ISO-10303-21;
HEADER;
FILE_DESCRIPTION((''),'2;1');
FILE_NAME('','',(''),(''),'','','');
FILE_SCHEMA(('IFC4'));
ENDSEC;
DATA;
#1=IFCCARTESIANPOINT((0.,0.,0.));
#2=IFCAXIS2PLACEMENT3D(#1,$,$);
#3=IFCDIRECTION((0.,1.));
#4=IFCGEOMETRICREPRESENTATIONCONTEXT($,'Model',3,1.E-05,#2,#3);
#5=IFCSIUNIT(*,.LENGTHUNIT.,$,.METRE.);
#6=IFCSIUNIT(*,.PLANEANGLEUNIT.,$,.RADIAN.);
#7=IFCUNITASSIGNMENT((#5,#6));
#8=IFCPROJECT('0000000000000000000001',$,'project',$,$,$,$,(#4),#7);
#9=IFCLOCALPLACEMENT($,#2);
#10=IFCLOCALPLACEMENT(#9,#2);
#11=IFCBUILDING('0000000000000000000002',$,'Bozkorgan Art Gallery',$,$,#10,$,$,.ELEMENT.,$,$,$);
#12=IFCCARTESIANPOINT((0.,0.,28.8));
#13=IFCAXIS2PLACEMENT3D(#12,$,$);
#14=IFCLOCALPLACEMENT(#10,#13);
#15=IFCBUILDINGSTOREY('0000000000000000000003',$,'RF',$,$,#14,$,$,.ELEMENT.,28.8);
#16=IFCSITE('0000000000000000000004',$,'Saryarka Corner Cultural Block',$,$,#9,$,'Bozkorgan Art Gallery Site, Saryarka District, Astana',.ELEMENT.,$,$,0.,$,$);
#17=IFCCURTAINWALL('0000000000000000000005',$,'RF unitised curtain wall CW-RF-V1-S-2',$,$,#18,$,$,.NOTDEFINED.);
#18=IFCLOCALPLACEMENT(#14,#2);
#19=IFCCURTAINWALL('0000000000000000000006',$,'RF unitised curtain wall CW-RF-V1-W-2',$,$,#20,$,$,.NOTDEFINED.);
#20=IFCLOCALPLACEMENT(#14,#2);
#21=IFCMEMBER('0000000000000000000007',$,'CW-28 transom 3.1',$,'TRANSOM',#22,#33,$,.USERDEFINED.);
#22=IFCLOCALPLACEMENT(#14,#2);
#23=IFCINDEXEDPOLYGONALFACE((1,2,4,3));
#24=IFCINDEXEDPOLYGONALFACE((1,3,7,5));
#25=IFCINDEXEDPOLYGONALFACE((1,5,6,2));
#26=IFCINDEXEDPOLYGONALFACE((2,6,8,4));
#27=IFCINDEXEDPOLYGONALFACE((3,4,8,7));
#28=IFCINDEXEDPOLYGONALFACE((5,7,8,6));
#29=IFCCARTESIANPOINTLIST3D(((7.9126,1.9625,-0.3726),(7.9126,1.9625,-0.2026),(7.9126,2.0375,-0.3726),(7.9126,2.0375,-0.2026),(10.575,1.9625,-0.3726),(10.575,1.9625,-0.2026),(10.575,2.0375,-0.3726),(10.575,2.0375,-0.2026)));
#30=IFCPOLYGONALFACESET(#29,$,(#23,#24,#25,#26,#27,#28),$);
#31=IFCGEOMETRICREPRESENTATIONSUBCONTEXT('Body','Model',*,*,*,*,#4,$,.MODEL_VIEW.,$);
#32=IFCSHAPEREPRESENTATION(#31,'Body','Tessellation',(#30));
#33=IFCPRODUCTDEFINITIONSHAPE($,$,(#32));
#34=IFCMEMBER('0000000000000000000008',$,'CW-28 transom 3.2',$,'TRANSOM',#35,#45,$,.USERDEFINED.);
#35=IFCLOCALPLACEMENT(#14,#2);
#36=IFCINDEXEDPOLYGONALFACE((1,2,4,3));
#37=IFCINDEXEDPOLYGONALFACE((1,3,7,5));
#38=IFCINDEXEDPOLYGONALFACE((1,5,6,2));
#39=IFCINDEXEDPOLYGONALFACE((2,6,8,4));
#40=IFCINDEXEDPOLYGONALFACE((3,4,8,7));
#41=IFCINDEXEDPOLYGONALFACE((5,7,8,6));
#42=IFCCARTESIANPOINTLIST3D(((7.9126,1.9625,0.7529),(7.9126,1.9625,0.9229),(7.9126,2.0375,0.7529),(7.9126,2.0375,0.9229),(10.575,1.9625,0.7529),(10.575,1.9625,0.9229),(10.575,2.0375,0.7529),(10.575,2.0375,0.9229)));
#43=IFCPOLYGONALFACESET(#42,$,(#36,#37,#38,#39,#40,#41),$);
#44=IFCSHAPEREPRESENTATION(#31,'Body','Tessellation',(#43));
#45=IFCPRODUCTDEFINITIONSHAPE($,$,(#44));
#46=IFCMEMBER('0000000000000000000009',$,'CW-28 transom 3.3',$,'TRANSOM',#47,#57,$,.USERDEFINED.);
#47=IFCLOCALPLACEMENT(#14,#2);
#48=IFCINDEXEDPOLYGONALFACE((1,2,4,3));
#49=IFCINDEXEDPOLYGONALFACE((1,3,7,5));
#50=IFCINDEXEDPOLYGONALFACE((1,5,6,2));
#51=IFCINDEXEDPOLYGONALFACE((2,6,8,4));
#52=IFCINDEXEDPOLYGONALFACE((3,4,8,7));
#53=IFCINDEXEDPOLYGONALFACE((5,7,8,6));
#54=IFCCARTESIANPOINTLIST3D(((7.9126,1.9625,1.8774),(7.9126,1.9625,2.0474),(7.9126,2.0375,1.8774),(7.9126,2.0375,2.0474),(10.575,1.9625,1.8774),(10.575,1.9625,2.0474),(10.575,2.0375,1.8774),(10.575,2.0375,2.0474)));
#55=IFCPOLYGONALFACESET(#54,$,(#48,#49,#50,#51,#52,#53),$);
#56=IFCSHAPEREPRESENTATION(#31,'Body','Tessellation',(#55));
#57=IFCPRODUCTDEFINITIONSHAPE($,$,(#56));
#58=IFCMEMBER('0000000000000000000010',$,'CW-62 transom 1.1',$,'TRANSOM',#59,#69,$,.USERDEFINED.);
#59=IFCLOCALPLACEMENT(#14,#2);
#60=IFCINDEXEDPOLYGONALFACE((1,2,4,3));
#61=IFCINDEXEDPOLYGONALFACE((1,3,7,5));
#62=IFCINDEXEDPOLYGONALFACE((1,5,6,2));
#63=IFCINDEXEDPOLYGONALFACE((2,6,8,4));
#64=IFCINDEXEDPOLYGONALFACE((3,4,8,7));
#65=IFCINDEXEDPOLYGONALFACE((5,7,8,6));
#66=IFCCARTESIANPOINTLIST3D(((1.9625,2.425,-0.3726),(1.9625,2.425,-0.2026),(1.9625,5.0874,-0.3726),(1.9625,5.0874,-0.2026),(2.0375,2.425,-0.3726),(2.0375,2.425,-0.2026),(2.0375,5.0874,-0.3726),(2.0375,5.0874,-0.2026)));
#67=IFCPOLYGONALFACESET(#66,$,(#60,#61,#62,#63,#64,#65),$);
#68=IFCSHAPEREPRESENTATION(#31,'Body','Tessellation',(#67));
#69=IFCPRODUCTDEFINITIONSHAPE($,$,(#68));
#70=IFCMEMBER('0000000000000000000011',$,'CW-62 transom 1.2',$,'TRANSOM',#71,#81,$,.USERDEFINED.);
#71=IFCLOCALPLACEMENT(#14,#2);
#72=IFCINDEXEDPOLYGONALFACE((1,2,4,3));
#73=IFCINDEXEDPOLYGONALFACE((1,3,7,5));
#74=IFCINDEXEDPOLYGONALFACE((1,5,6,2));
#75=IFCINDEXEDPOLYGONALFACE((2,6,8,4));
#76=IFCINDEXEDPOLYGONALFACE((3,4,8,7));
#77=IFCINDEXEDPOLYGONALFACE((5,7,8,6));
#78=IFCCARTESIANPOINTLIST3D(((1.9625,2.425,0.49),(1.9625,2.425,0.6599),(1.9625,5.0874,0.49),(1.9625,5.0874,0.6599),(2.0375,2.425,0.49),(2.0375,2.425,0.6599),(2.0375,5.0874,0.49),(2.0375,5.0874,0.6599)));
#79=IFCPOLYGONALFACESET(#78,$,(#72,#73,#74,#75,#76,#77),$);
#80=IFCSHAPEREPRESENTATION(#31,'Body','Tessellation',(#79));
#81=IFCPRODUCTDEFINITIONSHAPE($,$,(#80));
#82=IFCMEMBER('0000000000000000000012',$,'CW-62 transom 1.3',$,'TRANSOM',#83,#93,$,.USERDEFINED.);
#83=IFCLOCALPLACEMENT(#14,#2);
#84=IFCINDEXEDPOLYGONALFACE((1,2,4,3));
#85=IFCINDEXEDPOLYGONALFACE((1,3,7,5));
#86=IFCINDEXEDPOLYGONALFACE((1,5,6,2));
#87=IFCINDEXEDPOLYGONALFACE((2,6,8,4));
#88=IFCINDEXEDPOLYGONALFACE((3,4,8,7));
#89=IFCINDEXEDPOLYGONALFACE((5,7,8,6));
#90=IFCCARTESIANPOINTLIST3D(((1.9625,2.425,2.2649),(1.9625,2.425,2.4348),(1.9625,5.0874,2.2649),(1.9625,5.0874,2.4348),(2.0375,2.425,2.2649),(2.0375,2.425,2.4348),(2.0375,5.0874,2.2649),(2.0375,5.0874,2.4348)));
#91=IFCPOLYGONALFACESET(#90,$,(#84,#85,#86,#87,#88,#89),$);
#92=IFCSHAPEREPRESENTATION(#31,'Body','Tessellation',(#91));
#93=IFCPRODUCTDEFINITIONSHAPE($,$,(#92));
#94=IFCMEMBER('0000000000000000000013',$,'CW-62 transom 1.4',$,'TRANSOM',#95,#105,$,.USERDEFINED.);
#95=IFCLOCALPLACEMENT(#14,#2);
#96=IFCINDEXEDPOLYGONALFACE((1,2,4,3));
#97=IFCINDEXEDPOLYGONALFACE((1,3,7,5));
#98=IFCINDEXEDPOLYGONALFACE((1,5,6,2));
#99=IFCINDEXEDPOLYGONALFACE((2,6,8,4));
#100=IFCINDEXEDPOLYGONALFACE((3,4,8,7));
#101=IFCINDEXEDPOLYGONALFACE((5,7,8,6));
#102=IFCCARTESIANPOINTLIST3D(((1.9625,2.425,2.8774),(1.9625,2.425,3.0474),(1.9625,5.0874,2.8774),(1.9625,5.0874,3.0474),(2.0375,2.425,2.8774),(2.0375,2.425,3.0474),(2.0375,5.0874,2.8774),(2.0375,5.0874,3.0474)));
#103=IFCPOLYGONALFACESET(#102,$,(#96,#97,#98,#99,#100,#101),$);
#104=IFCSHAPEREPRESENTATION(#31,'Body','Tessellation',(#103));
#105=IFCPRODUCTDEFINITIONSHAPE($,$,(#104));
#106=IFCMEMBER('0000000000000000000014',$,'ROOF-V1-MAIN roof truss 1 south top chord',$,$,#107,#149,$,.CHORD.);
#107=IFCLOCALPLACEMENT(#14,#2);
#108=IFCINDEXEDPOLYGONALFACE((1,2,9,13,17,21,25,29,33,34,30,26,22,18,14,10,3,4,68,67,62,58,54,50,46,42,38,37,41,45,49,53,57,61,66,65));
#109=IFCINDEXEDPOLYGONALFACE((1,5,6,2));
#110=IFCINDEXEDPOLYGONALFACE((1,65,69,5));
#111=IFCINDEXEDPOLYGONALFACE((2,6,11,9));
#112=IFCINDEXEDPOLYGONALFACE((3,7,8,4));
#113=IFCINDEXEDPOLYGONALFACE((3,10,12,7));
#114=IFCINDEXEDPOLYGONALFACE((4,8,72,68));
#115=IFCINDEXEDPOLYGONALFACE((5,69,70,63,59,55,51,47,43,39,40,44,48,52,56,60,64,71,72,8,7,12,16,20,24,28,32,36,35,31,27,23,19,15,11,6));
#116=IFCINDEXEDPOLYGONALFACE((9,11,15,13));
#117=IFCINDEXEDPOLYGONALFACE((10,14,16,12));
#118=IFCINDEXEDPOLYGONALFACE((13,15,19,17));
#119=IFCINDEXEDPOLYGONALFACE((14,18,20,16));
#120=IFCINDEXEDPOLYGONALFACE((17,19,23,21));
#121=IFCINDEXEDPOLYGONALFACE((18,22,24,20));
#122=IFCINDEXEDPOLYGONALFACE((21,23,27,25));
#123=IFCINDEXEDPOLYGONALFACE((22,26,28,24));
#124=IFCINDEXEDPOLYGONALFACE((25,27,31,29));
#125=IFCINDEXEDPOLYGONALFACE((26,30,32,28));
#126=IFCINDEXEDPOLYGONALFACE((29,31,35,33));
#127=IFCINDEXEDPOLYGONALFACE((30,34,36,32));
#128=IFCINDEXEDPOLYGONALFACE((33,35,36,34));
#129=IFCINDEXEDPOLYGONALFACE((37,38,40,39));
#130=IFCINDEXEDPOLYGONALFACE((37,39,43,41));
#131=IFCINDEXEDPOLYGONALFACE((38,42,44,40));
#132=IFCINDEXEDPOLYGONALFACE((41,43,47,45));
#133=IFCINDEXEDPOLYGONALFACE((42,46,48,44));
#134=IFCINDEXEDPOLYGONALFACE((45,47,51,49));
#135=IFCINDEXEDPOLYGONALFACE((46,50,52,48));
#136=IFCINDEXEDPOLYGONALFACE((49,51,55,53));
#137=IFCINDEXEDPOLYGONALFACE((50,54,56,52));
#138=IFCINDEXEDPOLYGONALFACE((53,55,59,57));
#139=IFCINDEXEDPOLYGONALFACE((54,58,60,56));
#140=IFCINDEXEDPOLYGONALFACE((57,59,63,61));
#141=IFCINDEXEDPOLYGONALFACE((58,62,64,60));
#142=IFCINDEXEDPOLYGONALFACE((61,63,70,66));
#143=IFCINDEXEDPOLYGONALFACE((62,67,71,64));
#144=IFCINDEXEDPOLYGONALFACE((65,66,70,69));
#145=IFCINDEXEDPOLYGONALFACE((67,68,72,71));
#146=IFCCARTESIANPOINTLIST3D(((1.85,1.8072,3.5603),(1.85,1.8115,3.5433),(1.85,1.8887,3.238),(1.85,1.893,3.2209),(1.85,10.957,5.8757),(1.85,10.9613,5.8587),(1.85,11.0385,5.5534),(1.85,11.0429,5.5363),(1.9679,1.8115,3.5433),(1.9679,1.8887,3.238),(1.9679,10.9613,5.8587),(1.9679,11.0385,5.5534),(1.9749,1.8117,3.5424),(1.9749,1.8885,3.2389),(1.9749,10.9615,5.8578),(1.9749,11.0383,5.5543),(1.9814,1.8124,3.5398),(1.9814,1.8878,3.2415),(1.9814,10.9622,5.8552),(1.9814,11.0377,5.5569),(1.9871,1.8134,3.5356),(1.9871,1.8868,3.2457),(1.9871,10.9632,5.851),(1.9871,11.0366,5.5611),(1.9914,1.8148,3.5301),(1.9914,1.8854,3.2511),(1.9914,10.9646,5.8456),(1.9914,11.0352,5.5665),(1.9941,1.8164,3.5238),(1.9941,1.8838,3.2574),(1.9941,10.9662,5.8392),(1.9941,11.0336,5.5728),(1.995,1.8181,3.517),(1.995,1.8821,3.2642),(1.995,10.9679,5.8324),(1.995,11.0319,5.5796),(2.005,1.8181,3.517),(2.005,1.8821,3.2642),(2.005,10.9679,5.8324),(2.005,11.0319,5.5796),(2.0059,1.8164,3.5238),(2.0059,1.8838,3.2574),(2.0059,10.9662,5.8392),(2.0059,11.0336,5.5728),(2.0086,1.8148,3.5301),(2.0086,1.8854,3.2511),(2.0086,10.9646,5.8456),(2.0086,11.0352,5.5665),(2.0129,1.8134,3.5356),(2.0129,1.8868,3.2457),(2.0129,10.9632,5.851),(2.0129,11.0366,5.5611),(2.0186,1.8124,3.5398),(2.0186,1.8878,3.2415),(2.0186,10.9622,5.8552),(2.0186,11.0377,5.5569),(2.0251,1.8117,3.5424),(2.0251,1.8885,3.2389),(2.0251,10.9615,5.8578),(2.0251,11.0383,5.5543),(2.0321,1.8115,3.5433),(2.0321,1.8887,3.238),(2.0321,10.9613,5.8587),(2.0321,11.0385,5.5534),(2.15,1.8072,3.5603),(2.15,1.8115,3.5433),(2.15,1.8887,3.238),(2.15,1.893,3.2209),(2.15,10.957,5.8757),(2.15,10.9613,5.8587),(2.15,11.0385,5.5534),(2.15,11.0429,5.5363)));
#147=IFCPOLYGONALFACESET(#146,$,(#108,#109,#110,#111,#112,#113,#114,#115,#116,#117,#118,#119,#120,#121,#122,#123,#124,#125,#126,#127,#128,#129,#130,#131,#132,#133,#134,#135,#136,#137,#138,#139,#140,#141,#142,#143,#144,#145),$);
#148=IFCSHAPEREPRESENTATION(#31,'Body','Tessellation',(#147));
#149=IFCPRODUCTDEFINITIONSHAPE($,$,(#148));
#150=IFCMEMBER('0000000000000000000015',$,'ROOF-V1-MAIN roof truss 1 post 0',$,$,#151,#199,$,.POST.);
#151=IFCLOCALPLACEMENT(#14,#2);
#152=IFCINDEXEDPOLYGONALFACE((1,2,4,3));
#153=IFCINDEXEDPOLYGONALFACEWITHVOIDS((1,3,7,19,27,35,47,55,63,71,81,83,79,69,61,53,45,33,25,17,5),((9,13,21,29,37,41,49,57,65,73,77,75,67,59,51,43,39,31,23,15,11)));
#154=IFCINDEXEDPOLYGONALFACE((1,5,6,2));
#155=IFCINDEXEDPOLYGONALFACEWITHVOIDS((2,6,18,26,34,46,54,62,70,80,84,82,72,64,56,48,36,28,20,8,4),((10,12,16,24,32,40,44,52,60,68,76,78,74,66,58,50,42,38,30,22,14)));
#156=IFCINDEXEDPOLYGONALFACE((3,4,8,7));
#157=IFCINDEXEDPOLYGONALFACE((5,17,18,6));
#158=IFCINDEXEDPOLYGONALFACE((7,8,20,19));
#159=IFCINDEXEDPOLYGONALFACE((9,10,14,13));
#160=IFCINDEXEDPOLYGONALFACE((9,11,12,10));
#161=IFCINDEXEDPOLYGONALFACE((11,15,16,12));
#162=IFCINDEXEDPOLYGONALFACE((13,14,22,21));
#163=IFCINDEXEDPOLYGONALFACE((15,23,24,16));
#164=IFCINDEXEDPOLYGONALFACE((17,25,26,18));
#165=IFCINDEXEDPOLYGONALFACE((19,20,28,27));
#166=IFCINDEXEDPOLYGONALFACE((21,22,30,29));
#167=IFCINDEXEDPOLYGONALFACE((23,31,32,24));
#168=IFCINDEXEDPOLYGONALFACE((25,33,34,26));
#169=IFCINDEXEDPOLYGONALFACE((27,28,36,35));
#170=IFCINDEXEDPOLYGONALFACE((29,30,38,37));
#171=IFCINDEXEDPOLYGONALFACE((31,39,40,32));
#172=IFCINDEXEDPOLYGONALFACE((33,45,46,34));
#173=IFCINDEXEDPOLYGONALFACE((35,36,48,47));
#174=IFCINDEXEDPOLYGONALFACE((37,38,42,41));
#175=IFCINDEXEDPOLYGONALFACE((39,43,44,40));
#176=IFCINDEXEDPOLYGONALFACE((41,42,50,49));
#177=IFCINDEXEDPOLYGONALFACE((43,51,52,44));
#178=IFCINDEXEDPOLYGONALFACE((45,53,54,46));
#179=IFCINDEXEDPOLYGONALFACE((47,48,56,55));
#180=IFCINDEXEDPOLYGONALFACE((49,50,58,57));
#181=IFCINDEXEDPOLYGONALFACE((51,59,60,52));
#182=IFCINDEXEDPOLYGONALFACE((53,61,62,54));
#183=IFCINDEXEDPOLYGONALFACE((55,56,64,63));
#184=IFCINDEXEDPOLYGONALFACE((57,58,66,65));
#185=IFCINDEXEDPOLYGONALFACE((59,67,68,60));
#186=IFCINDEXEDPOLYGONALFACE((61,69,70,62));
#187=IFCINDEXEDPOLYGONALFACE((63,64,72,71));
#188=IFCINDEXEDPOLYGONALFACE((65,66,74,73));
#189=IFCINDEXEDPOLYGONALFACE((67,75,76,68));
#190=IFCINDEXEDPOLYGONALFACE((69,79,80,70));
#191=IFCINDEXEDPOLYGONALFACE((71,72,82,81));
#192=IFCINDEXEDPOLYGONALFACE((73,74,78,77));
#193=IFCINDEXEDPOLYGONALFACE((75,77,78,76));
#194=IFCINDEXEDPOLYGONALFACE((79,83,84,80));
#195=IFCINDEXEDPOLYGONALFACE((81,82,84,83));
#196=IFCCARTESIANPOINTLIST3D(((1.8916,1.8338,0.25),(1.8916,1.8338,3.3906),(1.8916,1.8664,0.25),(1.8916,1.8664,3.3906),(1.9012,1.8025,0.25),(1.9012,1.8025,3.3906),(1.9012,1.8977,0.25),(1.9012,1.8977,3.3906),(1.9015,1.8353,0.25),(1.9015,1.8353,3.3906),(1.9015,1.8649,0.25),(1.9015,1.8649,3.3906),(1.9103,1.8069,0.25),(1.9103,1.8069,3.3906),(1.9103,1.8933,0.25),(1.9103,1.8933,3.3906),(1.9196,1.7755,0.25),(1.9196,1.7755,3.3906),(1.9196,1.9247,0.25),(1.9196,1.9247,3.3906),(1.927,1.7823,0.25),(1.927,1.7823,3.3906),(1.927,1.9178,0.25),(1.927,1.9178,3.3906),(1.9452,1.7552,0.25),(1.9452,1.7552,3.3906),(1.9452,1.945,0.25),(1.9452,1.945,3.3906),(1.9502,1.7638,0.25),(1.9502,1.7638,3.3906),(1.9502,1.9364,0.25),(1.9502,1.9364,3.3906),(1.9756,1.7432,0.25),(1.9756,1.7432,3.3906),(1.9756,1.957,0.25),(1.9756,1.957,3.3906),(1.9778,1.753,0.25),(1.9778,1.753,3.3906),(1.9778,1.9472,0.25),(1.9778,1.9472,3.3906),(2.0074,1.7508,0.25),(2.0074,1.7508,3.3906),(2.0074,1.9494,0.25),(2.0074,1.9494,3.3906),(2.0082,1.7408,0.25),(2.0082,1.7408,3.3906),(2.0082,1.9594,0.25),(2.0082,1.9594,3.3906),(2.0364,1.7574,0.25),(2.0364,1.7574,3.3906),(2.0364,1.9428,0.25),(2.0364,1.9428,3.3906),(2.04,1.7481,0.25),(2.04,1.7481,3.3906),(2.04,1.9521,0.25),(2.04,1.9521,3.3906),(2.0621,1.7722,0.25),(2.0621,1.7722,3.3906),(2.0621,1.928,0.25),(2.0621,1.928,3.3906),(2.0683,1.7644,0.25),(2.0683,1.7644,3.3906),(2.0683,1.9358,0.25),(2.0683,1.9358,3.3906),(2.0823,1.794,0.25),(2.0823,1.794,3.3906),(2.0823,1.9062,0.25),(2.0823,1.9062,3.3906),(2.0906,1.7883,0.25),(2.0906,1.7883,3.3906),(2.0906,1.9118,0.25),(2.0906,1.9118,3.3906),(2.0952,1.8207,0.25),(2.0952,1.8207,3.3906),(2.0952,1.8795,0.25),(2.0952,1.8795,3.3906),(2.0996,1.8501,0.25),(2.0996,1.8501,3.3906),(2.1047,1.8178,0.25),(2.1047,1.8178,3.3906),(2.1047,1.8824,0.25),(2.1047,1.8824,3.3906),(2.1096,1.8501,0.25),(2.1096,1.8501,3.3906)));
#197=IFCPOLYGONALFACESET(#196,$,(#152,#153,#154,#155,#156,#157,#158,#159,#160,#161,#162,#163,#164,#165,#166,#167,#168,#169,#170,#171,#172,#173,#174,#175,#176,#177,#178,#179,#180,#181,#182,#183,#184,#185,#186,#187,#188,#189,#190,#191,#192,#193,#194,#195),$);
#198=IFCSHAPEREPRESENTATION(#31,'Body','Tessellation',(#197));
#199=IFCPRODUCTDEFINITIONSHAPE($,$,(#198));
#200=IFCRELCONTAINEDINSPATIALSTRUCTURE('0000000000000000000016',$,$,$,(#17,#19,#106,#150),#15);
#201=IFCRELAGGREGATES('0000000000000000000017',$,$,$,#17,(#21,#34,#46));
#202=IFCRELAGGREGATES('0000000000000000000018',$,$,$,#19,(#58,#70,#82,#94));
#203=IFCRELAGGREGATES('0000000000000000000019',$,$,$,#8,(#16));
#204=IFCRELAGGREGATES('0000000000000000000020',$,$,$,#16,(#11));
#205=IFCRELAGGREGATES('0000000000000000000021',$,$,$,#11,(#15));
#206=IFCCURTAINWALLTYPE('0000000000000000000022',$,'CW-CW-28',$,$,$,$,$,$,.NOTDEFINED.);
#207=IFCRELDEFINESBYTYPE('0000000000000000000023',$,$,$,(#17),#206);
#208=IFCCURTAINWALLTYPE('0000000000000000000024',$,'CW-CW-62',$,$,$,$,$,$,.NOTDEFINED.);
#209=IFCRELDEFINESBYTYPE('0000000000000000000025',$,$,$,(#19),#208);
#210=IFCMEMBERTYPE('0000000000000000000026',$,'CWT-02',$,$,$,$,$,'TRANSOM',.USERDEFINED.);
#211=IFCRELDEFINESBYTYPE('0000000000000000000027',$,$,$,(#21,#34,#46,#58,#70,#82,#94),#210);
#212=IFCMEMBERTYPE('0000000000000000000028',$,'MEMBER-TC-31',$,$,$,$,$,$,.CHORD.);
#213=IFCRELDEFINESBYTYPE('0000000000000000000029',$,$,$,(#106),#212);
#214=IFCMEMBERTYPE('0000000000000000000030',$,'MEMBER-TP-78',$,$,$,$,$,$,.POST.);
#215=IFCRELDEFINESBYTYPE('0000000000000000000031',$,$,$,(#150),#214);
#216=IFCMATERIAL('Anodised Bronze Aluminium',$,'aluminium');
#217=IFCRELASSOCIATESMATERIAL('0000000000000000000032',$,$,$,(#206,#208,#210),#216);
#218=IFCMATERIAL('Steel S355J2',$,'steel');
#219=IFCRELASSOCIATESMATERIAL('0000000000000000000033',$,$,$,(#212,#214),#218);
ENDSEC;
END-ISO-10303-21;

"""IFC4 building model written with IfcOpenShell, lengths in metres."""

from ifc_helpers import new_model, si_unit, direction, frame, origin, origin_2d, place, context, subcontext, project, spatial, rectangle, hollow_circle, i_section, extrude, material, material_profile, profile_set, type_object, element, aggregate, save


model = new_model("IFC4")

# Units and contexts
model_context = context("Model", 3, precision=1e-05, world=origin(), true_north=direction((0.0, 1.0)))
body_context = subcontext(model_context, "Body", "Model", "MODEL_VIEW")
ifc_project = project(units=[si_unit("LENGTHUNIT", "METRE"), si_unit("PLANEANGLEUNIT", "RADIAN")], contexts=[model_context])

# Site, building, storey
site_placement = place(None, origin())
site = spatial("IfcSite", under=ifc_project, at=site_placement, Name="Saryarka Corner Cultural Block", LongName="Bozkorgan Art Gallery Site, Saryarka District, Astana", CompositionType="ELEMENT", RefElevation=0.0)
building_placement = place(site_placement, origin())
building = spatial("IfcBuilding", under=site, at=building_placement, Name="Bozkorgan Art Gallery", CompositionType="ELEMENT")
storey_placement = place(building_placement, frame((0.0, 0.0, 28.8)))
storey = spatial("IfcBuildingStorey", under=building, at=storey_placement, Name="RF", CompositionType="ELEMENT", Elevation=28.8)

# Shared definitions
ifc_material_1 = material(Name="Steel S355J2", Category="steel")

# Curtain walls
ifc_material_2 = material(Name="Anodised Bronze Aluminium", Category="aluminium")
curtain_wall_type_1 = type_object("IfcCurtainWallType", Name="CW-CW-28", PredefinedType="NOTDEFINED", material=ifc_material_2)
curtain_wall_1_placement = place(storey_placement, origin())
curtain_wall_1 = element("IfcCurtainWall", 1, at=curtain_wall_1_placement, inside=storey, type_object=curtain_wall_type_1, Name="RF unitised curtain wall CW-RF-V1-S-2", PredefinedType="NOTDEFINED")
curtain_wall_type_2 = type_object("IfcCurtainWallType", Name="CW-CW-62", PredefinedType="NOTDEFINED", material=ifc_material_2)
curtain_wall_2_placement = place(storey_placement, origin())
curtain_wall_2 = element("IfcCurtainWall", 2, at=curtain_wall_2_placement, inside=storey, type_object=curtain_wall_type_2, Name="RF unitised curtain wall CW-RF-V1-W-2", PredefinedType="NOTDEFINED")

# Members
ifc_material_profile_1 = material_profile(ifc_material_2, rectangle(XDim=0.075, YDim=0.1699, at=origin_2d()), Name="ALU TRANSOM 75x170")
ifc_profile_set_1 = profile_set([ifc_material_profile_1], Name="Anodised Bronze Aluminium")
member_type_1 = type_object("IfcMemberType", Name="CWT-02", ElementType="TRANSOM", PredefinedType="USERDEFINED", material=ifc_profile_set_1)
member_1_placement = place(storey_placement, frame((7.9126, 2.0, -0.2876), z_axis=(1.0, 0.0, 0.0), x_axis=(0.0, 1.0, 0.0)))
member_1 = element("IfcMember", 3, at=member_1_placement, type_object=member_type_1, Name="CW-28 transom 3.1", ObjectType="TRANSOM", PredefinedType="USERDEFINED", context=body_context, shape_type="SweptSolid", body=[
    extrude(rectangle(XDim=0.075, YDim=0.1699, at=origin_2d()), origin(), (0.0, 0.0, 1.0), 2.6624),
])
member_2_placement = place(storey_placement, frame((7.9126, 2.0, 0.8379), z_axis=(1.0, 0.0, 0.0), x_axis=(0.0, 1.0, 0.0)))
member_2 = element("IfcMember", 4, at=member_2_placement, type_object=member_type_1, Name="CW-28 transom 3.2", ObjectType="TRANSOM", PredefinedType="USERDEFINED", context=body_context, shape_type="SweptSolid", body=[
    extrude(rectangle(XDim=0.075, YDim=0.1699, at=origin_2d()), origin(), (0.0, 0.0, 1.0), 2.6624),
])
member_3_placement = place(storey_placement, frame((7.9126, 2.0, 1.9624), z_axis=(1.0, 0.0, 0.0), x_axis=(0.0, 1.0, 0.0)))
member_3 = element("IfcMember", 5, at=member_3_placement, type_object=member_type_1, Name="CW-28 transom 3.3", ObjectType="TRANSOM", PredefinedType="USERDEFINED", context=body_context, shape_type="SweptSolid", body=[
    extrude(rectangle(XDim=0.075, YDim=0.1699, at=origin_2d()), origin(), (0.0, 0.0, 1.0), 2.6624),
])
member_4_placement = place(storey_placement, frame((2.0, 2.425, -0.2876), z_axis=(0.0, 1.0, 0.0), x_axis=(-1.0, 0.0, 0.0)))
member_4 = element("IfcMember", 6, at=member_4_placement, type_object=member_type_1, Name="CW-62 transom 1.1", ObjectType="TRANSOM", PredefinedType="USERDEFINED", context=body_context, shape_type="SweptSolid", body=[
    extrude(rectangle(XDim=0.075, YDim=0.1699, at=origin_2d()), origin(), (0.0, 0.0, 1.0), 2.6624),
])
member_5_placement = place(storey_placement, frame((2.0, 2.425, 0.575), z_axis=(0.0, 1.0, 0.0), x_axis=(-1.0, 0.0, 0.0)))
member_5 = element("IfcMember", 7, at=member_5_placement, type_object=member_type_1, Name="CW-62 transom 1.2", ObjectType="TRANSOM", PredefinedType="USERDEFINED", context=body_context, shape_type="SweptSolid", body=[
    extrude(rectangle(XDim=0.075, YDim=0.1699, at=origin_2d()), origin(), (0.0, 0.0, 1.0), 2.6624),
])
member_6_placement = place(storey_placement, frame((2.0, 2.425, 2.3499), z_axis=(0.0, 1.0, 0.0), x_axis=(-1.0, 0.0, 0.0)))
member_6 = element("IfcMember", 8, at=member_6_placement, type_object=member_type_1, Name="CW-62 transom 1.3", ObjectType="TRANSOM", PredefinedType="USERDEFINED", context=body_context, shape_type="SweptSolid", body=[
    extrude(rectangle(XDim=0.075, YDim=0.1699, at=origin_2d()), origin(), (0.0, 0.0, 1.0), 2.6624),
])
member_7_placement = place(storey_placement, frame((2.0, 2.425, 2.9624), z_axis=(0.0, 1.0, 0.0), x_axis=(-1.0, 0.0, 0.0)))
member_7 = element("IfcMember", 9, at=member_7_placement, type_object=member_type_1, Name="CW-62 transom 1.4", ObjectType="TRANSOM", PredefinedType="USERDEFINED", context=body_context, shape_type="SweptSolid", body=[
    extrude(rectangle(XDim=0.075, YDim=0.1699, at=origin_2d()), origin(), (0.0, 0.0, 1.0), 2.6624),
])

# Members
ifc_material_profile_2 = material_profile(ifc_material_1, i_section(OverallWidth=0.3, OverallDepth=0.3501, WebThickness=0.01, FlangeThickness=0.0176, FilletRadius=0.0271, at=origin_2d()), Name="HEA 360")
ifc_profile_set_2 = profile_set([ifc_material_profile_2], Name="Steel S355J2")
member_type_2 = type_object("IfcMemberType", Name="MEMBER-TC-31", PredefinedType="CHORD", material=ifc_profile_set_2)
member_8_placement = place(storey_placement, frame((2.0, 1.8501, 3.3906), z_axis=(0.0, 0.969442, 0.245322), x_axis=(-1.0, 0.0, 0.0)))
element("IfcMember", 10, at=member_8_placement, inside=storey, type_object=member_type_2, Name="ROOF-V1-MAIN roof truss 1 south top chord", PredefinedType="CHORD", context=body_context, shape_type="SweptSolid", body=[
    extrude(i_section(OverallWidth=0.3, OverallDepth=0.3501, WebThickness=0.01, FlangeThickness=0.0176, FilletRadius=0.0271, at=origin_2d()), origin(), (0.0, 0.0, 1.0), 9.4382),
])
ifc_material_profile_3 = material_profile(ifc_material_1, hollow_circle(Radius=0.1096, WallThickness=0.01, at=origin_2d()), Name="CHS 219.1x10")
ifc_profile_set_3 = profile_set([ifc_material_profile_3], Name="Steel S355J2")
member_type_3 = type_object("IfcMemberType", Name="MEMBER-TP-78", PredefinedType="POST", material=ifc_profile_set_3)
member_9_placement = place(storey_placement, frame((2.0, 1.8501, 0.25), z_axis=(0.0, 0.0, 1.0), x_axis=(1.0, 0.0, 0.0)))
element("IfcMember", 11, at=member_9_placement, inside=storey, type_object=member_type_3, Name="ROOF-V1-MAIN roof truss 1 post 0", PredefinedType="POST", context=body_context, shape_type="SweptSolid", body=[
    extrude(hollow_circle(Radius=0.1096, WallThickness=0.01, at=origin_2d()), origin(), (0.0, 0.0, 1.0), 3.1406),
])

aggregate(curtain_wall_1, [member_1, member_2, member_3])
aggregate(curtain_wall_2, [member_4, member_5, member_6, member_7])

save(model, "model.ifc")
